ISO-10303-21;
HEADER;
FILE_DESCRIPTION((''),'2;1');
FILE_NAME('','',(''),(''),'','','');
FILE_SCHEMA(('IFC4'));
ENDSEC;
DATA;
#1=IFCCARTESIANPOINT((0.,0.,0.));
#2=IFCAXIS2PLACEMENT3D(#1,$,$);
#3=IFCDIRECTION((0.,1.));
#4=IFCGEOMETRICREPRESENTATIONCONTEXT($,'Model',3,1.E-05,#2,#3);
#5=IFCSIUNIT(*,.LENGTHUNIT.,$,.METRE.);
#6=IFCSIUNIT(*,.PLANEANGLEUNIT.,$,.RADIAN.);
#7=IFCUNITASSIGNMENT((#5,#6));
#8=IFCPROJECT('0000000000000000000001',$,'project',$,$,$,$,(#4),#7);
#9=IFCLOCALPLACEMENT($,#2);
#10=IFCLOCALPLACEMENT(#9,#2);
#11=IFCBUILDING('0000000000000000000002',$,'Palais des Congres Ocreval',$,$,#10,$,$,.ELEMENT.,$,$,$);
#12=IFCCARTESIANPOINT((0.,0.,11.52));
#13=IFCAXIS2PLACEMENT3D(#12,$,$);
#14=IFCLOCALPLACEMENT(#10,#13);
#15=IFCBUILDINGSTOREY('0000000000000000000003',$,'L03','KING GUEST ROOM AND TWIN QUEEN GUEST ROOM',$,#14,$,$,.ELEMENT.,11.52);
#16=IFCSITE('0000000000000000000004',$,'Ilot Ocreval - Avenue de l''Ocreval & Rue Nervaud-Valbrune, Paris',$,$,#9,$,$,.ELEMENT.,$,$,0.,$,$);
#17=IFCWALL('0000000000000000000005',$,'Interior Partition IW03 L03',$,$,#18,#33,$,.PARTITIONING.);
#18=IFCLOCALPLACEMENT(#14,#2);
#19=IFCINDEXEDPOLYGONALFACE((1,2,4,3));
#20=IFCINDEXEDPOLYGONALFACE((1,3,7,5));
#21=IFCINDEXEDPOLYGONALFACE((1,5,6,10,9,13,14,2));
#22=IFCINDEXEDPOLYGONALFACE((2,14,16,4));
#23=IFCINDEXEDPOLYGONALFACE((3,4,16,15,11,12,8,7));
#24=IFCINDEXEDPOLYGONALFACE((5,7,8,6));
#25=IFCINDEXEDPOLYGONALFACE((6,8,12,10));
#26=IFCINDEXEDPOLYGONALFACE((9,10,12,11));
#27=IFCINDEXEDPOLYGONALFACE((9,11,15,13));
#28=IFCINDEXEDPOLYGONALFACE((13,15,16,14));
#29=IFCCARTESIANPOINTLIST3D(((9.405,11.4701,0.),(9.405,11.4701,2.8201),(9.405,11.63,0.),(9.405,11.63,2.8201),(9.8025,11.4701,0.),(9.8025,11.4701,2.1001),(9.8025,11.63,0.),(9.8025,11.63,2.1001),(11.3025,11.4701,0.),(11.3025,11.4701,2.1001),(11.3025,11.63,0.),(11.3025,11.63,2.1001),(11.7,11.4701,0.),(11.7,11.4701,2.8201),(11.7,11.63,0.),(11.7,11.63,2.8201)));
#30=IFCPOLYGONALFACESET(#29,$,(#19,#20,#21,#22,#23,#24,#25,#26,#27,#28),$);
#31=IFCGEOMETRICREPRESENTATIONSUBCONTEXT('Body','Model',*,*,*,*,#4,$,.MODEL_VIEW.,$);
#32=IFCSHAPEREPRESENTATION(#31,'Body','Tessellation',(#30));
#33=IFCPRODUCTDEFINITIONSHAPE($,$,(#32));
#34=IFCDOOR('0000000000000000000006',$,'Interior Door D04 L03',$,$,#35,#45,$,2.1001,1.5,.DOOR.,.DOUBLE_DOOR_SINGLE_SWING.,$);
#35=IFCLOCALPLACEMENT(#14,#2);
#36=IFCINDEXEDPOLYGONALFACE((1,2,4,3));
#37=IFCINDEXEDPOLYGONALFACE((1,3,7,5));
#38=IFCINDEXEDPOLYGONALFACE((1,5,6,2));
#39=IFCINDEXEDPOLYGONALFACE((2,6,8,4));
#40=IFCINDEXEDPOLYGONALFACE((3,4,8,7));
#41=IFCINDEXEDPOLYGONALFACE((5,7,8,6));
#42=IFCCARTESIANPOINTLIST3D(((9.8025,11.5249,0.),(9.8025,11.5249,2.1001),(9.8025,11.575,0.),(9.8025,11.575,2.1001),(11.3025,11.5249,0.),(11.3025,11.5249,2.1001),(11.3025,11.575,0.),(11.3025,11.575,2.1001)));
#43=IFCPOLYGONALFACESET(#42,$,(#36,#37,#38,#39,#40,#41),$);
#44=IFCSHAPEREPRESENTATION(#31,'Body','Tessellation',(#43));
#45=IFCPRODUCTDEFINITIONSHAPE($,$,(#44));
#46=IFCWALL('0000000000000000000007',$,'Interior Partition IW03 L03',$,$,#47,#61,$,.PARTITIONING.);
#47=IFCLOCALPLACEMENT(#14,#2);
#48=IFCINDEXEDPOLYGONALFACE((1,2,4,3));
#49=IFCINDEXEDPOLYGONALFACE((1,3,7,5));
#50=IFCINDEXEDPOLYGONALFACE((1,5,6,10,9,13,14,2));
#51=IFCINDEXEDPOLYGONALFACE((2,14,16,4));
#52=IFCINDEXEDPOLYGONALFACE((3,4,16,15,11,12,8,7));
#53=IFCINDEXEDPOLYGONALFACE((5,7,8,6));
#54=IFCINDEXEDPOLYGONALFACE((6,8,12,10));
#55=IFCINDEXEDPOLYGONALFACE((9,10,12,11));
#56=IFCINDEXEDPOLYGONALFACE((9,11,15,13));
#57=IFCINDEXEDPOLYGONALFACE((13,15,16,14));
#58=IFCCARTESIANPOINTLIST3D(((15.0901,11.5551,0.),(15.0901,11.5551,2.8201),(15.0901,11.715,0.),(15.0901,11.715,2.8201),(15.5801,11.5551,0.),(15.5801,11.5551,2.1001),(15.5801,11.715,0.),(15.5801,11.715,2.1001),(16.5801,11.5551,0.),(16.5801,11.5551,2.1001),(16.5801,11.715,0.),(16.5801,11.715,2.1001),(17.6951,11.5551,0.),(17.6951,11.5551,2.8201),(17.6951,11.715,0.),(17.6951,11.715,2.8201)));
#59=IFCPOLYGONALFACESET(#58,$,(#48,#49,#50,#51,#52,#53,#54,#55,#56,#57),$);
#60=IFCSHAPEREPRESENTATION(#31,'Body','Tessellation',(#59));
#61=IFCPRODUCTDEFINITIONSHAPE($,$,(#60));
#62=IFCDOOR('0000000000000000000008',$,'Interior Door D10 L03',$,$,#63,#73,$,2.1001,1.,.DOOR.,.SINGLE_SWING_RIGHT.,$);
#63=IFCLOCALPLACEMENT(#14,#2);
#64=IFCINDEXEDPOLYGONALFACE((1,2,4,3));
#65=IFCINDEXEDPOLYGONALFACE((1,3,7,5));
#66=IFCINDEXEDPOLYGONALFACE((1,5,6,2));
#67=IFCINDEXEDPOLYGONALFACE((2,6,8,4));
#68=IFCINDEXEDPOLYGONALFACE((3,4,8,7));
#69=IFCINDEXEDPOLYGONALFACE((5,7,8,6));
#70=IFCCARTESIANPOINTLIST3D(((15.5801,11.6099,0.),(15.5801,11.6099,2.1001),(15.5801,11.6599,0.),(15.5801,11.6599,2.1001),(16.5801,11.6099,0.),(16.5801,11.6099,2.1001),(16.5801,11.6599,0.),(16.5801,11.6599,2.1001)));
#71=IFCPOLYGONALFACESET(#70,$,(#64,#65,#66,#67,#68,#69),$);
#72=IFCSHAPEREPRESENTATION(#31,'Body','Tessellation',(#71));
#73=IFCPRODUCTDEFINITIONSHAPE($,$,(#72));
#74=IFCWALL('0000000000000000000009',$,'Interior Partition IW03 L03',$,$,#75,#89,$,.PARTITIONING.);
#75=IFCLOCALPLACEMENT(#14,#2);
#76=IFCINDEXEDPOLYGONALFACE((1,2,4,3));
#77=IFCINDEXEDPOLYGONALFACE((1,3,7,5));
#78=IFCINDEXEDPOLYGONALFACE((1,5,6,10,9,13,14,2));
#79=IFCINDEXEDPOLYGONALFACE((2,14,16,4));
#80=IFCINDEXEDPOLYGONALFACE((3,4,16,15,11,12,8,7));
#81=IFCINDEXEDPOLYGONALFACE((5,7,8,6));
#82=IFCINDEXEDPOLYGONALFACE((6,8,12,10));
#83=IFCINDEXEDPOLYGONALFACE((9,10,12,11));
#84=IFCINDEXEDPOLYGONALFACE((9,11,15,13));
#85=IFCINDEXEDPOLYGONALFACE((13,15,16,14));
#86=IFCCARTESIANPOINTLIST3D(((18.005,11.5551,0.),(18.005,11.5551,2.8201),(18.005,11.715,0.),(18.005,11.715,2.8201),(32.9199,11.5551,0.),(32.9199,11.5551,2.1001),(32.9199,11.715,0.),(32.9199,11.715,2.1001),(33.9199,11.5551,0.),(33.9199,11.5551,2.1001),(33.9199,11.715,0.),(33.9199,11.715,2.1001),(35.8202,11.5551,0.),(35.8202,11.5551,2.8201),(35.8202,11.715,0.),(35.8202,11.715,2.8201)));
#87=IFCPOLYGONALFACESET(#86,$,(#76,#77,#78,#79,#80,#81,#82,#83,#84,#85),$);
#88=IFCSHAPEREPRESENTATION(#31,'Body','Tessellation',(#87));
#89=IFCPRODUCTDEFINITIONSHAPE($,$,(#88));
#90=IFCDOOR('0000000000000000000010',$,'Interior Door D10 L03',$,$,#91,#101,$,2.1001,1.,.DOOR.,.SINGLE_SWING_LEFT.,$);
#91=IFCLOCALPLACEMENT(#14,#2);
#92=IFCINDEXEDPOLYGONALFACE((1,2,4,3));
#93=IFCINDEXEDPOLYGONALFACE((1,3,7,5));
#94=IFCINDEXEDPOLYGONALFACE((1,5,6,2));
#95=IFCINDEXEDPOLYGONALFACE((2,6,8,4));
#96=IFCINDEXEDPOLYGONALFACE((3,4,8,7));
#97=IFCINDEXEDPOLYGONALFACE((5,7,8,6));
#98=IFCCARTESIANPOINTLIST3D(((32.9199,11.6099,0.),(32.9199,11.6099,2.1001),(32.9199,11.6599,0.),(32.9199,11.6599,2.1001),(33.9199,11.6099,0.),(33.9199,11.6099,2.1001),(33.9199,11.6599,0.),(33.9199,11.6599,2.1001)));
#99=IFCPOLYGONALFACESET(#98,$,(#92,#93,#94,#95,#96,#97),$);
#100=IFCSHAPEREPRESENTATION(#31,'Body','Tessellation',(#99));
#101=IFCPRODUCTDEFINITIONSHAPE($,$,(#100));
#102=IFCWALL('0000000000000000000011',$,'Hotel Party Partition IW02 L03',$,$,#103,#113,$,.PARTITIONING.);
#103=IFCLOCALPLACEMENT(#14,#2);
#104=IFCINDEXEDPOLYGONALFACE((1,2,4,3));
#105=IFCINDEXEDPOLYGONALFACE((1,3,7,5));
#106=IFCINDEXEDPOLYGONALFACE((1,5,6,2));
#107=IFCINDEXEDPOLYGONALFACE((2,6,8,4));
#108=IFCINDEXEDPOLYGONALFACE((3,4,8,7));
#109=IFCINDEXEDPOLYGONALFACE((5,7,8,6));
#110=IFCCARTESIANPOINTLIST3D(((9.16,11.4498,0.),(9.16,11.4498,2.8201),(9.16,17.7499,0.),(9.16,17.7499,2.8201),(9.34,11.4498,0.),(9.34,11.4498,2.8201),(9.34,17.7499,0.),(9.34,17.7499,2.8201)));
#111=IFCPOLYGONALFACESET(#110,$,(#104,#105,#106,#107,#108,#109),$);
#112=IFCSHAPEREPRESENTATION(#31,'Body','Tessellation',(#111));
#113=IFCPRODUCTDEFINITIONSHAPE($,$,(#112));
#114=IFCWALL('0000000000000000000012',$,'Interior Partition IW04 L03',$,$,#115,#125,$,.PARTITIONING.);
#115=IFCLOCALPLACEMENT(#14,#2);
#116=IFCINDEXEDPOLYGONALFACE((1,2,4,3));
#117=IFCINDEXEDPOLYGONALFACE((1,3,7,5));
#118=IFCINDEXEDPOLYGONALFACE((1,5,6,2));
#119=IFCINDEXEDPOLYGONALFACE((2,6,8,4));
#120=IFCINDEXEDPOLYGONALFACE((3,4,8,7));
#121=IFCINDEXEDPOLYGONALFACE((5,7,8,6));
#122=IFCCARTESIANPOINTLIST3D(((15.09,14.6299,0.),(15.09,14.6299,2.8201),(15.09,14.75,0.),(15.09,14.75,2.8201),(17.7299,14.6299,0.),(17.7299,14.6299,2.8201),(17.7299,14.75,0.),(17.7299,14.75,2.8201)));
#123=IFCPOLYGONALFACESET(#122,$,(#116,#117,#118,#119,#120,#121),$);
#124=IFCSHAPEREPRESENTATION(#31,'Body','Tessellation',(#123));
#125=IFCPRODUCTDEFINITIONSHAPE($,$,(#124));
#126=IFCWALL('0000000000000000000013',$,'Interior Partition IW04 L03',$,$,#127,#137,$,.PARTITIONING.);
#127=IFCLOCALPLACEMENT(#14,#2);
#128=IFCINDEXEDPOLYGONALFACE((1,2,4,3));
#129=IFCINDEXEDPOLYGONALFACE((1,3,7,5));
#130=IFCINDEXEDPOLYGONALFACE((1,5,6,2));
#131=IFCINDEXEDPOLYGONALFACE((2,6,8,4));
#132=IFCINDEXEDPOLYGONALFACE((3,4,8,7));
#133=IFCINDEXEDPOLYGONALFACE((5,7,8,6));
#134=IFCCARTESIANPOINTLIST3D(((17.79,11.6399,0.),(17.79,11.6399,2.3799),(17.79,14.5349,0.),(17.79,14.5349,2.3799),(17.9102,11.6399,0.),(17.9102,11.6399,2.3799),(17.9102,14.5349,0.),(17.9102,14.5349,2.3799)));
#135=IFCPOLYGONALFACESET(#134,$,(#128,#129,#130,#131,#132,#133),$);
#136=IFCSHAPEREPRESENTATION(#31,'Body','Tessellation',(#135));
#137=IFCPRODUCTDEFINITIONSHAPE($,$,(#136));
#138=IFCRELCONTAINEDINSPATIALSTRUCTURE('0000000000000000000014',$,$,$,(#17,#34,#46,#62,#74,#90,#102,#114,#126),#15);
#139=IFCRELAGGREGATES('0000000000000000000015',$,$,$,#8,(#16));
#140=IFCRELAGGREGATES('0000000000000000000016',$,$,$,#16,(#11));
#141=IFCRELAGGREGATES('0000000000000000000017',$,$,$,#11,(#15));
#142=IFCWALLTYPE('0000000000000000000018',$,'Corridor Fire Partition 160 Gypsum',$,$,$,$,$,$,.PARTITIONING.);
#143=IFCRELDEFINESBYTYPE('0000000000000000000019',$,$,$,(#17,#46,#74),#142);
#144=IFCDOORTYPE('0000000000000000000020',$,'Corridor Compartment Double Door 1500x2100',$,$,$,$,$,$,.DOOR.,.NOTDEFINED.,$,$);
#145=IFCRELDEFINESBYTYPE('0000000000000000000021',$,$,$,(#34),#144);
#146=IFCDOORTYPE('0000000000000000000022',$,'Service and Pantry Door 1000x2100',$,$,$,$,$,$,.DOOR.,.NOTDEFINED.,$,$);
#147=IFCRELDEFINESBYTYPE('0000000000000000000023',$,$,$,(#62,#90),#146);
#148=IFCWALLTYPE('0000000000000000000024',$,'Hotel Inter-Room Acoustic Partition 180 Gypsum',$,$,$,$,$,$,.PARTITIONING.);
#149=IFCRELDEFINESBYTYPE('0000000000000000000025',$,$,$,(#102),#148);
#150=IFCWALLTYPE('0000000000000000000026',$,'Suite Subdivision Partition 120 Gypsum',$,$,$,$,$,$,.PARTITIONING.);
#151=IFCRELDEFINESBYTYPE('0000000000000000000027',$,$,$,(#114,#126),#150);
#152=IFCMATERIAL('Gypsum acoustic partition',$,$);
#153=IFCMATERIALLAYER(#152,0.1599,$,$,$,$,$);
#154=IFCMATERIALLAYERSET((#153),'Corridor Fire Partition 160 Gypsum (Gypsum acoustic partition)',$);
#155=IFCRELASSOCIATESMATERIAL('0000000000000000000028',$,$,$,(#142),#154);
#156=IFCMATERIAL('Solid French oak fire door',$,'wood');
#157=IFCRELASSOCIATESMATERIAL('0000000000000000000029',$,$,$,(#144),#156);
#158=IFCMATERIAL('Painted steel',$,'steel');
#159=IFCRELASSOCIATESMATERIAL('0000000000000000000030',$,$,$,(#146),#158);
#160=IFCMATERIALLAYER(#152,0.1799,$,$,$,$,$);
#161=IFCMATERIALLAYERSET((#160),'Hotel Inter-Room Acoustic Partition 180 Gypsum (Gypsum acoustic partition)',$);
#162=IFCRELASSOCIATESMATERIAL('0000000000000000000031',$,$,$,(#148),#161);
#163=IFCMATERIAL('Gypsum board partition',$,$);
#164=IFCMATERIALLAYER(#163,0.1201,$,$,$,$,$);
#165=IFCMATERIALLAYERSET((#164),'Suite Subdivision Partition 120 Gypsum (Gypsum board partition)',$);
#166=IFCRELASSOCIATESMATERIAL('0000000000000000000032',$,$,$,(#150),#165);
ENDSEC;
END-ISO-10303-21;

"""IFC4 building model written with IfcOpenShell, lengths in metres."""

from ifc_helpers import new_model, si_unit, direction, frame, frame_2d, origin, place, context, subcontext, project, spatial, rectangle, extrude, material, layer, layer_set, type_object, element, fill, save


model = new_model("IFC4")

# Units and contexts
model_context = context("Model", 3, precision=1e-05, world=origin(), true_north=direction((0.0, 1.0)))
body_context = subcontext(model_context, "Body", "Model", "MODEL_VIEW")
ifc_project = project(units=[si_unit("LENGTHUNIT", "METRE"), si_unit("PLANEANGLEUNIT", "RADIAN")], contexts=[model_context])

# Site, building, storey
site_placement = place(None, origin())
site = spatial("IfcSite", under=ifc_project, at=site_placement, Name="Ilot Ocreval - Avenue de l'Ocreval & Rue Nervaud-Valbrune, Paris", CompositionType="ELEMENT", RefElevation=0.0)
building_placement = place(site_placement, origin())
building = spatial("IfcBuilding", under=site, at=building_placement, Name="Palais des Congres Ocreval", CompositionType="ELEMENT")
storey_placement = place(building_placement, frame((0.0, 0.0, 11.52)))
storey = spatial("IfcBuildingStorey", under=building, at=storey_placement, Name="L03", Description="KING GUEST ROOM AND TWIN QUEEN GUEST ROOM", CompositionType="ELEMENT", Elevation=11.52)

# Walls, openings, doors
ifc_material_1 = material(Name="Gypsum acoustic partition")
ifc_layer_1 = layer(ifc_material_1, 0.1599)
ifc_layer_set_1 = layer_set([ifc_layer_1], Name="Corridor Fire Partition 160 Gypsum (Gypsum acoustic partition)")
wall_type_1 = type_object("IfcWallType", Name="Corridor Fire Partition 160 Gypsum", PredefinedType="PARTITIONING", material=ifc_layer_set_1)
wall_1_placement = place(storey_placement, frame((9.405, 11.55, 0.0), z_axis=(0.0, 0.0, 1.0), x_axis=(1.0, 0.0, 0.0)))
wall_1 = element("IfcWall", 1, at=wall_1_placement, inside=storey, type_object=wall_type_1, Name="Interior Partition IW03 L03", PredefinedType="PARTITIONING", context=body_context, shape_type="SweptSolid", body=[
    extrude(rectangle(XDim=2.2949, YDim=0.1599, at=frame_2d((1.1475, 0.0))), origin(), (0.0, 0.0, 1.0), 2.8201),
])
opening_1_placement = place(wall_1_placement, frame((0.3975, 0.0, 0.0)))
opening_1 = element("IfcOpeningElement", 2, at=opening_1_placement, cuts=wall_1, PredefinedType="OPENING", context=body_context, shape_type="SweptSolid", body=[
    extrude(rectangle(XDim=1.5, YDim=2.1001, at=frame_2d((0.75, 1.05))), frame((0.0, 0.0898, 0.0), z_axis=(0.0, -1.0, 0.0), x_axis=(1.0, 0.0, 0.0)), (0.0, 0.0, 1.0), 0.1799),
])
ifc_material_2 = material(Name="Solid French oak fire door", Category="wood")
door_type_1 = type_object("IfcDoorType", Name="Corridor Compartment Double Door 1500x2100", OperationType="NOTDEFINED", PredefinedType="DOOR", material=ifc_material_2)
door_1_placement = place(opening_1_placement, origin())
door_1 = element("IfcDoor", 3, at=door_1_placement, inside=storey, type_object=door_type_1, Name="Interior Door D04 L03", OperationType="DOUBLE_DOOR_SINGLE_SWING", OverallHeight=2.1001, OverallWidth=1.5, PredefinedType="DOOR", context=body_context, shape_type="SweptSolid", body=[
    extrude(rectangle(XDim=1.5, YDim=2.1001, at=frame_2d((0.75, 1.05))), frame((0.0, 0.0249, 0.0), z_axis=(0.0, -1.0, 0.0), x_axis=(1.0, 0.0, 0.0)), (0.0, 0.0, 1.0), 0.05),
])
fill(opening_1, door_1)
wall_2_placement = place(storey_placement, frame((15.0901, 11.635, 0.0), z_axis=(0.0, 0.0, 1.0), x_axis=(1.0, 0.0, 0.0)))
wall_2 = element("IfcWall", 4, at=wall_2_placement, inside=storey, type_object=wall_type_1, Name="Interior Partition IW03 L03", PredefinedType="PARTITIONING", context=body_context, shape_type="SweptSolid", body=[
    extrude(rectangle(XDim=2.605, YDim=0.1599, at=frame_2d((1.3025, 0.0))), origin(), (0.0, 0.0, 1.0), 2.8201),
])
opening_2_placement = place(wall_2_placement, frame((0.49, 0.0, 0.0)))
opening_2 = element("IfcOpeningElement", 5, at=opening_2_placement, cuts=wall_2, PredefinedType="OPENING", context=body_context, shape_type="SweptSolid", body=[
    extrude(rectangle(XDim=1.0, YDim=2.1001, at=frame_2d((0.5, 1.05))), frame((0.0, 0.0898, 0.0), z_axis=(0.0, -1.0, 0.0), x_axis=(1.0, 0.0, 0.0)), (0.0, 0.0, 1.0), 0.1799),
])
ifc_material_3 = material(Name="Painted steel", Category="steel")
door_type_2 = type_object("IfcDoorType", Name="Service and Pantry Door 1000x2100", OperationType="NOTDEFINED", PredefinedType="DOOR", material=ifc_material_3)
door_2_placement = place(opening_2_placement, origin())
door_2 = element("IfcDoor", 6, at=door_2_placement, inside=storey, type_object=door_type_2, Name="Interior Door D10 L03", OperationType="SINGLE_SWING_RIGHT", OverallHeight=2.1001, OverallWidth=1.0, PredefinedType="DOOR", context=body_context, shape_type="SweptSolid", body=[
    extrude(rectangle(XDim=1.0, YDim=2.1001, at=frame_2d((0.5, 1.05))), frame((0.0, 0.0249, 0.0), z_axis=(0.0, -1.0, 0.0), x_axis=(1.0, 0.0, 0.0)), (0.0, 0.0, 1.0), 0.05),
])
fill(opening_2, door_2)
wall_3_placement = place(storey_placement, frame((18.0049, 11.635, 0.0), z_axis=(0.0, 0.0, 1.0), x_axis=(1.0, 0.0, 0.0)))
wall_3 = element("IfcWall", 7, at=wall_3_placement, inside=storey, type_object=wall_type_1, Name="Interior Partition IW03 L03", PredefinedType="PARTITIONING", context=body_context, shape_type="SweptSolid", body=[
    extrude(rectangle(XDim=17.8152, YDim=0.1599, at=frame_2d((8.9077, 0.0))), origin(), (0.0, 0.0, 1.0), 2.8201),
])
opening_3_placement = place(wall_3_placement, frame((14.915, 0.0, 0.0)))
opening_3 = element("IfcOpeningElement", 8, at=opening_3_placement, cuts=wall_3, PredefinedType="OPENING", context=body_context, shape_type="SweptSolid", body=[
    extrude(rectangle(XDim=1.0, YDim=2.1001, at=frame_2d((0.5, 1.05))), frame((0.0, 0.0898, 0.0), z_axis=(0.0, -1.0, 0.0), x_axis=(1.0, 0.0, 0.0)), (0.0, 0.0, 1.0), 0.1799),
])
door_3_placement = place(opening_3_placement, origin())
door_3 = element("IfcDoor", 9, at=door_3_placement, inside=storey, type_object=door_type_2, Name="Interior Door D10 L03", OperationType="SINGLE_SWING_LEFT", OverallHeight=2.1001, OverallWidth=1.0, PredefinedType="DOOR", context=body_context, shape_type="SweptSolid", body=[
    extrude(rectangle(XDim=1.0, YDim=2.1001, at=frame_2d((0.5, 1.05))), frame((0.0, 0.0249, 0.0), z_axis=(0.0, -1.0, 0.0), x_axis=(1.0, 0.0, 0.0)), (0.0, 0.0, 1.0), 0.05),
])
fill(opening_3, door_3)

# Walls
ifc_layer_2 = layer(ifc_material_1, 0.1799)
ifc_layer_set_2 = layer_set([ifc_layer_2], Name="Hotel Inter-Room Acoustic Partition 180 Gypsum (Gypsum acoustic partition)")
wall_type_2 = type_object("IfcWallType", Name="Hotel Inter-Room Acoustic Partition 180 Gypsum", PredefinedType="PARTITIONING", material=ifc_layer_set_2)
wall_4_placement = place(storey_placement, frame((9.25, 11.45, 0.0), z_axis=(0.0, 0.0, 1.0), x_axis=(0.0, 1.0, 0.0)))
element("IfcWall", 10, at=wall_4_placement, inside=storey, type_object=wall_type_2, Name="Hotel Party Partition IW02 L03", PredefinedType="PARTITIONING", context=body_context, shape_type="SweptSolid", body=[
    extrude(rectangle(XDim=6.3, YDim=0.1799, at=frame_2d((3.1499, 0.0))), origin(), (0.0, 0.0, 1.0), 2.8201),
])
ifc_material_4 = material(Name="Gypsum board partition")
ifc_layer_3 = layer(ifc_material_4, 0.1201)
ifc_layer_set_3 = layer_set([ifc_layer_3], Name="Suite Subdivision Partition 120 Gypsum (Gypsum board partition)")
wall_type_3 = type_object("IfcWallType", Name="Suite Subdivision Partition 120 Gypsum", PredefinedType="PARTITIONING", material=ifc_layer_set_3)
wall_5_placement = place(storey_placement, frame((15.0901, 14.6899, 0.0), z_axis=(0.0, 0.0, 1.0), x_axis=(1.0, 0.0, 0.0)))
element("IfcWall", 11, at=wall_5_placement, inside=storey, type_object=wall_type_3, Name="Interior Partition IW04 L03", PredefinedType="PARTITIONING", context=body_context, shape_type="SweptSolid", body=[
    extrude(rectangle(XDim=2.6399, YDim=0.1201, at=frame_2d((1.3198, 0.0))), origin(), (0.0, 0.0, 1.0), 2.8201),
])
wall_6_placement = place(storey_placement, frame((17.8501, 11.6399, 0.0), z_axis=(0.0, 0.0, 1.0), x_axis=(0.0, 1.0, 0.0)))
element("IfcWall", 12, at=wall_6_placement, inside=storey, type_object=wall_type_3, Name="Interior Partition IW04 L03", PredefinedType="PARTITIONING", context=body_context, shape_type="SweptSolid", body=[
    extrude(rectangle(XDim=2.895, YDim=0.1201, at=frame_2d((1.4475, 0.0))), origin(), (0.0, 0.0, 1.0), 2.3799),
])

save(model, "model.ifc")
